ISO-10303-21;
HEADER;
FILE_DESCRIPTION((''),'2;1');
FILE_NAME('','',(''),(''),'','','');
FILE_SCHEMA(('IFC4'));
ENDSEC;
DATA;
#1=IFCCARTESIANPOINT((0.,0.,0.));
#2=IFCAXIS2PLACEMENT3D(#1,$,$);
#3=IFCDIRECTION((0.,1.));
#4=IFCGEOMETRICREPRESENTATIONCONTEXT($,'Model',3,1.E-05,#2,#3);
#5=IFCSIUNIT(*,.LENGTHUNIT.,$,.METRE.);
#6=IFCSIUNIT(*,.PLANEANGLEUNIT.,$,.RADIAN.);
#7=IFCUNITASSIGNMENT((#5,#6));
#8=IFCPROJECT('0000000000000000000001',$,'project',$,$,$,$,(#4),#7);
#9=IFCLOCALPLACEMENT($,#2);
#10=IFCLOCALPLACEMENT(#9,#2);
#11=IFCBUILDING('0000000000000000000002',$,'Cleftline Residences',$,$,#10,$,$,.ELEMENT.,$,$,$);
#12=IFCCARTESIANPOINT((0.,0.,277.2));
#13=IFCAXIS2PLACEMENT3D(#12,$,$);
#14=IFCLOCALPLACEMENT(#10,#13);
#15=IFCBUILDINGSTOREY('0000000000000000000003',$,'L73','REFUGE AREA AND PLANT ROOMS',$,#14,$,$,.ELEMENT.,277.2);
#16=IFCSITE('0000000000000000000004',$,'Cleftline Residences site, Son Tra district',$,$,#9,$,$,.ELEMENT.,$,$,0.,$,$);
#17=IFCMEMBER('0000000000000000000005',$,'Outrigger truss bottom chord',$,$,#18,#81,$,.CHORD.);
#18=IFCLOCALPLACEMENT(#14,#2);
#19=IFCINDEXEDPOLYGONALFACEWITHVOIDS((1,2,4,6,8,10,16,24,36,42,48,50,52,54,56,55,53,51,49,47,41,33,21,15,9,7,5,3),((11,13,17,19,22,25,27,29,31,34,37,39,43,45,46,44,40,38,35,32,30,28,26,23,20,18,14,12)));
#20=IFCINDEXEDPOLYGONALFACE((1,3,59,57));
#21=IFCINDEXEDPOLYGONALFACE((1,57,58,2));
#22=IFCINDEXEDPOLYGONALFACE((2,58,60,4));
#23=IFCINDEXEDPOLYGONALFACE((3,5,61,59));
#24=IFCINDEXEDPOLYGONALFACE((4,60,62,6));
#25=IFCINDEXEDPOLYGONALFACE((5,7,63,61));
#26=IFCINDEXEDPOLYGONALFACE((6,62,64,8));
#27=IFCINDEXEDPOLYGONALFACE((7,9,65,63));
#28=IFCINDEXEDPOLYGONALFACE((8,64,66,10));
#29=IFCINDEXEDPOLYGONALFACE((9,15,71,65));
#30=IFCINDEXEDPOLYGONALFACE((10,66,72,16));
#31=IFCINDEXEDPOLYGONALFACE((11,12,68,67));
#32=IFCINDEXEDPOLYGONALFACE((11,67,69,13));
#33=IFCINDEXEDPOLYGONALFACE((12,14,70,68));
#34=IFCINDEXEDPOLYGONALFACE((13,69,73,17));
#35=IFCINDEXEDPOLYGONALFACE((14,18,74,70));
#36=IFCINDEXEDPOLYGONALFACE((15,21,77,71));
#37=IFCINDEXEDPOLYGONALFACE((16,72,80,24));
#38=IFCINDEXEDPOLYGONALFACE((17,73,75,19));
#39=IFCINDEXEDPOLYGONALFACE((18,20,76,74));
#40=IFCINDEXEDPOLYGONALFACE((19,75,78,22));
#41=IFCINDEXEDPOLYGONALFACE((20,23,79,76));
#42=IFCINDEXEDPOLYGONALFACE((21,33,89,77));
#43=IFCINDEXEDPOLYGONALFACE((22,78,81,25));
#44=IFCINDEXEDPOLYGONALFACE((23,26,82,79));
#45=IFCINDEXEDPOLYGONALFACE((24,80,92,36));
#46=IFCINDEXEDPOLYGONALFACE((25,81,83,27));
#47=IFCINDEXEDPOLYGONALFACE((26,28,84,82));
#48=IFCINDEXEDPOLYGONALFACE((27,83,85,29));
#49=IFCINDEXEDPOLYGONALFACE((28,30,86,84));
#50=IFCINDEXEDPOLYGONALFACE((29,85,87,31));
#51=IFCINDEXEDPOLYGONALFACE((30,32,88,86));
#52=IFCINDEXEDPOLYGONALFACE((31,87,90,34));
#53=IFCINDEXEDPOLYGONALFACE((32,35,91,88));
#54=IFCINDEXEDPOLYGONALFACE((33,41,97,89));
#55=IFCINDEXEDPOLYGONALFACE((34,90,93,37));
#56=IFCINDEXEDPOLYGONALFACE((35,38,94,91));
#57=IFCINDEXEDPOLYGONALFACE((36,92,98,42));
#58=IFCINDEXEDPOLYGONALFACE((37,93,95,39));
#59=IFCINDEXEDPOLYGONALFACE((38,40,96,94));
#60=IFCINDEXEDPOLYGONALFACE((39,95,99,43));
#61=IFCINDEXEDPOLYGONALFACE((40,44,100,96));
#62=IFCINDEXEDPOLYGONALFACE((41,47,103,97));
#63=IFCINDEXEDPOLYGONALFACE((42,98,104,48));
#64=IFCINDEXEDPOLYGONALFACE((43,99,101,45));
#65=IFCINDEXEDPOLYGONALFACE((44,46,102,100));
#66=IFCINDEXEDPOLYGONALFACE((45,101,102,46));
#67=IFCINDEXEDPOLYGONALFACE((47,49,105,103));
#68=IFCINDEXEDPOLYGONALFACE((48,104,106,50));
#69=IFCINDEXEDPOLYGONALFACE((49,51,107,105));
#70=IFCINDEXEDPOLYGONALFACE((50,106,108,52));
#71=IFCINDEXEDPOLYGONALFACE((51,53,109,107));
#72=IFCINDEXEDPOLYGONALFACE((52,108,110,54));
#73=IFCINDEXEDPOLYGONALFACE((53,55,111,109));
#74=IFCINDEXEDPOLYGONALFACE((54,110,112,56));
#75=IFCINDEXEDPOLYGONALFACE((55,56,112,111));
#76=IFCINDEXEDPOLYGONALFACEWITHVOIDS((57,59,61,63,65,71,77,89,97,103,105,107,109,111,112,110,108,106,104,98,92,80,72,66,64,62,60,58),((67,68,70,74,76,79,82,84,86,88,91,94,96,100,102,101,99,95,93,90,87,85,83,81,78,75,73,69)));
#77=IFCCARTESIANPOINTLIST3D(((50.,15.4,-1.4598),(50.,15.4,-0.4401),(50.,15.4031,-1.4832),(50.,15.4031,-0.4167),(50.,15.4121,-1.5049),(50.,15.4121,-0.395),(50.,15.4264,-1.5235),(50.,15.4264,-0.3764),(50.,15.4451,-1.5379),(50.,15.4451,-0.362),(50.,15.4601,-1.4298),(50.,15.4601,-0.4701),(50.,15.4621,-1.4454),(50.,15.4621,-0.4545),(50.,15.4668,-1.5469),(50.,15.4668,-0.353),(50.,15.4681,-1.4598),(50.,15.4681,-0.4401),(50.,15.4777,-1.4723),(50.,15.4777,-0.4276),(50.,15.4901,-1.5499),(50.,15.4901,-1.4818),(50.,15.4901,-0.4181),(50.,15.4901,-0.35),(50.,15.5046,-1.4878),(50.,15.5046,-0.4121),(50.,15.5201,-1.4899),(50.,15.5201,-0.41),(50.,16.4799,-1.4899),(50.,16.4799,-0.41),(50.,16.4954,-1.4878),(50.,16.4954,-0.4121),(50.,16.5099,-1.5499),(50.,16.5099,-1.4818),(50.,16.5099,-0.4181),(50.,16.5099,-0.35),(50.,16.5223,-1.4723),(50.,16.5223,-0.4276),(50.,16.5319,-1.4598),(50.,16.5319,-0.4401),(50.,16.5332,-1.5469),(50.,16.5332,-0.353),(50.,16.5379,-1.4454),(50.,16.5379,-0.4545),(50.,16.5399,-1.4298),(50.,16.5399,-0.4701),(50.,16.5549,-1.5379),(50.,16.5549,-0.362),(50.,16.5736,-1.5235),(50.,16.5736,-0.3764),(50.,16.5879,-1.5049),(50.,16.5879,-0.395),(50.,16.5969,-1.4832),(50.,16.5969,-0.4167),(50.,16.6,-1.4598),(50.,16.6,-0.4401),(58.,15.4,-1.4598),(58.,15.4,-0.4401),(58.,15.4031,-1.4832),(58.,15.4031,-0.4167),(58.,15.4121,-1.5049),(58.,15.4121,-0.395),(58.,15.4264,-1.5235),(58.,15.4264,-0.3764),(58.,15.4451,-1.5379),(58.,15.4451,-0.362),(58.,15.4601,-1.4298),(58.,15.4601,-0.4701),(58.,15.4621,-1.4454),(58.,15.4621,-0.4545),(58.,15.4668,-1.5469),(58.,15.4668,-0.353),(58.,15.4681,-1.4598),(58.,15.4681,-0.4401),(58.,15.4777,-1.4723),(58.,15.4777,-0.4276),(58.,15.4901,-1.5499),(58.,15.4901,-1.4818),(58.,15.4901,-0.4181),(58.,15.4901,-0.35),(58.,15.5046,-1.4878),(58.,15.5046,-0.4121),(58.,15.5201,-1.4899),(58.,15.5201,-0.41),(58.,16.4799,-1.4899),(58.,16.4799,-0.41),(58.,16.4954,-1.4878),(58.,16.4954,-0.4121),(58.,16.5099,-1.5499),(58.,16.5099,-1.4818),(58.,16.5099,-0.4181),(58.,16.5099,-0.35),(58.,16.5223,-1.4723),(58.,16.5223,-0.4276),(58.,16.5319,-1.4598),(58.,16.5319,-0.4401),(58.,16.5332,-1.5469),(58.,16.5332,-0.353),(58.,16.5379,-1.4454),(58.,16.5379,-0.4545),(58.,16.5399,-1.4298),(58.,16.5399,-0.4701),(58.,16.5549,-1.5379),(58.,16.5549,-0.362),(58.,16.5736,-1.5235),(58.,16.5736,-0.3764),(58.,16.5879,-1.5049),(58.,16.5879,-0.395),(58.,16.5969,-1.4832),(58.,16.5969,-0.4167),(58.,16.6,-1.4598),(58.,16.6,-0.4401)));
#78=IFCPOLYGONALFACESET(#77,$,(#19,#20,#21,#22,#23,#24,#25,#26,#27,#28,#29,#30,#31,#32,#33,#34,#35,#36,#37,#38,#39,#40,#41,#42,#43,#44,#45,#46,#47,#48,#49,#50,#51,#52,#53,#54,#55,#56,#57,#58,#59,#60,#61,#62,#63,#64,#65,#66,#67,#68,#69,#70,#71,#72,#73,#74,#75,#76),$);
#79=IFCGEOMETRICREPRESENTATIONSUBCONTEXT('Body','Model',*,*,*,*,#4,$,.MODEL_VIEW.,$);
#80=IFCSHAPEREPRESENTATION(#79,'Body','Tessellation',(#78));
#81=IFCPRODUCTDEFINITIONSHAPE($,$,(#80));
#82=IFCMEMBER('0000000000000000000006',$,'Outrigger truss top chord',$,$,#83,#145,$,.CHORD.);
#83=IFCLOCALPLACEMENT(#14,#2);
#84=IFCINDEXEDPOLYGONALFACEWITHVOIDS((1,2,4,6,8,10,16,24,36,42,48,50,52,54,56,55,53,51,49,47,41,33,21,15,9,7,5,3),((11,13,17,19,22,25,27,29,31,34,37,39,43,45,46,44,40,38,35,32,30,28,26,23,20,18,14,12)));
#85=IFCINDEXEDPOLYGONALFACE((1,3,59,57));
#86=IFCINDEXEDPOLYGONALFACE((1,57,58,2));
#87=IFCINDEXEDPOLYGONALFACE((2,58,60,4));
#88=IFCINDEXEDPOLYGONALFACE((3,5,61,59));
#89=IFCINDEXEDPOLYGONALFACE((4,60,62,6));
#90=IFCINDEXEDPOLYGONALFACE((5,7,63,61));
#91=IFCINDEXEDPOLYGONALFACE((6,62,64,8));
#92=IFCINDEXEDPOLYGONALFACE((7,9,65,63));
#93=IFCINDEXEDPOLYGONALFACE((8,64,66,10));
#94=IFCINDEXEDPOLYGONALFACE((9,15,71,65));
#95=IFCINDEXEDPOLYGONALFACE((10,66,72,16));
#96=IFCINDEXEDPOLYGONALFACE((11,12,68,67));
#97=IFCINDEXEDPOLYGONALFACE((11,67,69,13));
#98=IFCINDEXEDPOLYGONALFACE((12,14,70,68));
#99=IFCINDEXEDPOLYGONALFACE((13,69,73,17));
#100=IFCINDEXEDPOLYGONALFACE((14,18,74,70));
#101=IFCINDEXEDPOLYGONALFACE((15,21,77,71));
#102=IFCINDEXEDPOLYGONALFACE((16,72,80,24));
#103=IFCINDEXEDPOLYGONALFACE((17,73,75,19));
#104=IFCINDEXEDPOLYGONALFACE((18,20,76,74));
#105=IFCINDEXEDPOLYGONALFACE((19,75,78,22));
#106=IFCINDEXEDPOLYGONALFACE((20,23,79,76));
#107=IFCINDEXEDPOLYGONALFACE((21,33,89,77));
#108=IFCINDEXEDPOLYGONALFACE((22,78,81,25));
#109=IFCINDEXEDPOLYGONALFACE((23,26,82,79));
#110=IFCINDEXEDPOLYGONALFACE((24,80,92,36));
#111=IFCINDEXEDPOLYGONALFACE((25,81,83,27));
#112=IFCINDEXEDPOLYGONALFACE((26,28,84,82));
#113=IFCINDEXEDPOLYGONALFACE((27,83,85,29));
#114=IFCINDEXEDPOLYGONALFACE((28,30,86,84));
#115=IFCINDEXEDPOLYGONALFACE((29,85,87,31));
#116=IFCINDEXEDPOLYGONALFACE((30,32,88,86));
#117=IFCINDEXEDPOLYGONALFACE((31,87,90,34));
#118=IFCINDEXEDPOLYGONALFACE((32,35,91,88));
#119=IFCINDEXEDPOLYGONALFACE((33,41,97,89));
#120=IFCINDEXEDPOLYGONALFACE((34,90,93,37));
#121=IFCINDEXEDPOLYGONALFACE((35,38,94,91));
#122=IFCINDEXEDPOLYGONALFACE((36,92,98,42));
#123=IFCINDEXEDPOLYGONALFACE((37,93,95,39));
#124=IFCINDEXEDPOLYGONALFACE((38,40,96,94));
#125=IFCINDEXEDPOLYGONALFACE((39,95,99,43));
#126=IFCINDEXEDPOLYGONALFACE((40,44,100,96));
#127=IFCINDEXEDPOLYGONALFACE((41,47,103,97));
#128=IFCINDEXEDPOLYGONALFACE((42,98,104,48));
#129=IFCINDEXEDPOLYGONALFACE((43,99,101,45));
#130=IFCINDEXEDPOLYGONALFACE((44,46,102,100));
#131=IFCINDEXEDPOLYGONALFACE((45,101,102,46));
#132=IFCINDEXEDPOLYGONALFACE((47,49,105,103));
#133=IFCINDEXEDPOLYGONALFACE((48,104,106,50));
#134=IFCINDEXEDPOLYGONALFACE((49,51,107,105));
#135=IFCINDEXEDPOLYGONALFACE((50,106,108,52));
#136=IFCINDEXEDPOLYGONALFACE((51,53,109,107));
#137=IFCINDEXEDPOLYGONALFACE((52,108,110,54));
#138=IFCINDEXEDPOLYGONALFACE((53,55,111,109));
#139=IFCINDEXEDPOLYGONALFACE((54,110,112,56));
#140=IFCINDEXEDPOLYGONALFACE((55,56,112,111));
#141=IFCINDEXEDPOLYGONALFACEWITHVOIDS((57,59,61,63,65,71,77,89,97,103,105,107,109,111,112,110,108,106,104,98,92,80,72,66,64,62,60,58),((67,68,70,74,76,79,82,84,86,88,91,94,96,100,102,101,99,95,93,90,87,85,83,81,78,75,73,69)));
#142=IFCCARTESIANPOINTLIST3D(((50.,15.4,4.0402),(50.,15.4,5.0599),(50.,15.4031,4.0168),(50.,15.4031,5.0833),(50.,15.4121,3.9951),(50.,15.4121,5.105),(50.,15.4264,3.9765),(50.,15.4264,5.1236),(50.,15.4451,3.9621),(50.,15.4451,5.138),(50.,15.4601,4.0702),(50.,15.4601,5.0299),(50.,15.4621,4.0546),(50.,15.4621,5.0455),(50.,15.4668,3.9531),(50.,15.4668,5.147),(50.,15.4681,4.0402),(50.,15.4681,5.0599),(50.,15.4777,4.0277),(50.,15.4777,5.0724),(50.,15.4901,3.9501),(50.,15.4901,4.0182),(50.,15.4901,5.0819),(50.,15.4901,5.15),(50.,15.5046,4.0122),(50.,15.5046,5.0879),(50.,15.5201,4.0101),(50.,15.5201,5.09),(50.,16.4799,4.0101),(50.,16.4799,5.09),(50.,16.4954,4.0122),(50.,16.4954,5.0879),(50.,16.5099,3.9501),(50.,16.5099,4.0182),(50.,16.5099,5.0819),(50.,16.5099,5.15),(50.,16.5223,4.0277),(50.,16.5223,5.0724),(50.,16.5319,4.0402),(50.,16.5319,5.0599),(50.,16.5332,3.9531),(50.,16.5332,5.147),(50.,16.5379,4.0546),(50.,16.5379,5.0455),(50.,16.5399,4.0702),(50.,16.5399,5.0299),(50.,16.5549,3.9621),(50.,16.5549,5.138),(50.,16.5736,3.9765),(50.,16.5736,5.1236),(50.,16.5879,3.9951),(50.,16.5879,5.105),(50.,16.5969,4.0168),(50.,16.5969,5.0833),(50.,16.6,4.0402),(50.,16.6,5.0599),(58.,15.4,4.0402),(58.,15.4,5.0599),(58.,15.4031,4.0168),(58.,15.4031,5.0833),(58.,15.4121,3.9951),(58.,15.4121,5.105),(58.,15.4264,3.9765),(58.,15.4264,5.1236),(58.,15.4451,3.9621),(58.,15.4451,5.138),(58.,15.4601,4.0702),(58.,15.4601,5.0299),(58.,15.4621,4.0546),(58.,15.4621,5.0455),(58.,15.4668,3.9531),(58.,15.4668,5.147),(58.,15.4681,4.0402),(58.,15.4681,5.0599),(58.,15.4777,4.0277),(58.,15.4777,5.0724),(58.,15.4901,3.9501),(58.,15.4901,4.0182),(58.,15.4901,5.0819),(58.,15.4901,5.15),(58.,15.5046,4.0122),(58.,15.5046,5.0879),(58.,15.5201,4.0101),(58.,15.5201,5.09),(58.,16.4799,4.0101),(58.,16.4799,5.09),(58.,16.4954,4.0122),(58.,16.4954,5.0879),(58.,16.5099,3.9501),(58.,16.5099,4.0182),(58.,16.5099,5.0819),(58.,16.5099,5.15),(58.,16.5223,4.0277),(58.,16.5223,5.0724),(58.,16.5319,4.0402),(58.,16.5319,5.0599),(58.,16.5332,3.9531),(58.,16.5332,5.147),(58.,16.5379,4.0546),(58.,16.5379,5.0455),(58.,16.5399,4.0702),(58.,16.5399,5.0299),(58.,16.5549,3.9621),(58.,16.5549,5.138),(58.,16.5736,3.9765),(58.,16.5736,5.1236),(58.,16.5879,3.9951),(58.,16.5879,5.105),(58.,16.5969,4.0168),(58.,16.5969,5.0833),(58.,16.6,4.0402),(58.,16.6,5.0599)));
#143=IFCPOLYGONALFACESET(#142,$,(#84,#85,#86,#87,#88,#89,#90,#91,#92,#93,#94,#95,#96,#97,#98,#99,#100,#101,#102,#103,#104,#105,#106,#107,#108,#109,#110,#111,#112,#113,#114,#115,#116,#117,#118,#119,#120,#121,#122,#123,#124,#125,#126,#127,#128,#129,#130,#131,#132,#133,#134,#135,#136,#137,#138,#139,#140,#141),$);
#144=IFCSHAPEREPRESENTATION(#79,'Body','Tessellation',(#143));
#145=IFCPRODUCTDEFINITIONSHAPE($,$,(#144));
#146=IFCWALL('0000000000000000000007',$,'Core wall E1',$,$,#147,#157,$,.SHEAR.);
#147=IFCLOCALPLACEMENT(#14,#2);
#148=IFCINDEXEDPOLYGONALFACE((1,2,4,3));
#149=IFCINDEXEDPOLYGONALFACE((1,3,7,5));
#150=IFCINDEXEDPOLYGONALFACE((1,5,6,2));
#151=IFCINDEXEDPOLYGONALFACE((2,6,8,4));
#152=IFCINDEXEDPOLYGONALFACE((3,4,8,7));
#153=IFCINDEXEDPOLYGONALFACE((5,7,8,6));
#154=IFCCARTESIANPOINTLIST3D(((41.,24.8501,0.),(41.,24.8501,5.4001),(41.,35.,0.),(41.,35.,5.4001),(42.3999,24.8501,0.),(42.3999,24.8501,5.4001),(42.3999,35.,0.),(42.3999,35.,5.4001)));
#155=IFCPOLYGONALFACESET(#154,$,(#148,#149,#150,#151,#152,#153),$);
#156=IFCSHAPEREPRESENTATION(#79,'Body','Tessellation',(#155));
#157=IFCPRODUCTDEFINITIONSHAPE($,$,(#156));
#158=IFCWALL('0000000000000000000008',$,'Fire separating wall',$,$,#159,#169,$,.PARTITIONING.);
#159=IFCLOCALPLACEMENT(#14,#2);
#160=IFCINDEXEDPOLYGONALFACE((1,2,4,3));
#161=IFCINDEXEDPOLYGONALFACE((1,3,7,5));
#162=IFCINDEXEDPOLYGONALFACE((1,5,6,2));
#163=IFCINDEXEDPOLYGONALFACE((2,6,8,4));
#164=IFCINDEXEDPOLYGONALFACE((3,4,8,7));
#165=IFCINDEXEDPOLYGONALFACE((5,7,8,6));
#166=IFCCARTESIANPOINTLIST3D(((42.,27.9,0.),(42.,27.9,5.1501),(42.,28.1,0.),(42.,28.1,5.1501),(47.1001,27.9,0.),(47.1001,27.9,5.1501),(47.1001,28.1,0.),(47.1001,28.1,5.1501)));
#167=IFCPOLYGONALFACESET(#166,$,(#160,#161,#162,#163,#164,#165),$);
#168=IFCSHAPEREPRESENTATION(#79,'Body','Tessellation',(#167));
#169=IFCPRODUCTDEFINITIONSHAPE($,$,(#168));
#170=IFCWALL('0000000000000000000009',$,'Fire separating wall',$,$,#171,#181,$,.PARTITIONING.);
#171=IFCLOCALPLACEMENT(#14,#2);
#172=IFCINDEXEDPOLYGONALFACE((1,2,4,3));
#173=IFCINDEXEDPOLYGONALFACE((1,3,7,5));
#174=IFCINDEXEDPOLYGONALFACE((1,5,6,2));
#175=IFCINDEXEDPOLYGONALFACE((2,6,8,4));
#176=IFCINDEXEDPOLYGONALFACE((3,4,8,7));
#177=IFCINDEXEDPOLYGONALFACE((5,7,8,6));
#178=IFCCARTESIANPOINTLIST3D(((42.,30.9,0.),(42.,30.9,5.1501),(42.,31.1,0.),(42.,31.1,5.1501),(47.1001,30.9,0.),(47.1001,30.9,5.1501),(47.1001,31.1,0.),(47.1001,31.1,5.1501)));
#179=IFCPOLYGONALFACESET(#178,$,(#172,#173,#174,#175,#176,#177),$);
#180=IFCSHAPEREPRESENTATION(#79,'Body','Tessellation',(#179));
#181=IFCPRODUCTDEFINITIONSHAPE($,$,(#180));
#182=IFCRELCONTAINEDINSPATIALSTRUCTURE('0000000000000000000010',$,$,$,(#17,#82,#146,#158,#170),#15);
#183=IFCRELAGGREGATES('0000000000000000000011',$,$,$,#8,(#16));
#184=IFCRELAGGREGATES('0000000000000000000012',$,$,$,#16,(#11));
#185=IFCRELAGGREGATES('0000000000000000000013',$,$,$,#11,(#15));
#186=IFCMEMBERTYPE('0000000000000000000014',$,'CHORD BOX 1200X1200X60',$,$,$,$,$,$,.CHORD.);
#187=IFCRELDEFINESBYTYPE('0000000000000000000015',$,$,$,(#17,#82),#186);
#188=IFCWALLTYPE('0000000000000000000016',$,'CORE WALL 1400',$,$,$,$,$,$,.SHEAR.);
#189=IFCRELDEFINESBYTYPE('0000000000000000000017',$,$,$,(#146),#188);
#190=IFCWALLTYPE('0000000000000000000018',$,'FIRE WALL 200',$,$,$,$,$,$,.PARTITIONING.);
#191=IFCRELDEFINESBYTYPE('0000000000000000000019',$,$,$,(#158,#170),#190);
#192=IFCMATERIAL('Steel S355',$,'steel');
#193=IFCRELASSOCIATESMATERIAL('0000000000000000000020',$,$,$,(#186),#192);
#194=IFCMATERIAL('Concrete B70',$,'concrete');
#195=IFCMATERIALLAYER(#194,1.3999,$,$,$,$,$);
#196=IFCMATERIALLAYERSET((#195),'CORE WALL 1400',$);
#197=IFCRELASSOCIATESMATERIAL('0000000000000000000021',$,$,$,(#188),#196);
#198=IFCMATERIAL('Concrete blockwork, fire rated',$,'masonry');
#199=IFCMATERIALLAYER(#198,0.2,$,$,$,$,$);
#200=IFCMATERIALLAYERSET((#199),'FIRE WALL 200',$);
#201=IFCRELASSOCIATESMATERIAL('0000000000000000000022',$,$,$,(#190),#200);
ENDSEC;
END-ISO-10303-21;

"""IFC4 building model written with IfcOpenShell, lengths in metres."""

from ifc_helpers import new_model, si_unit, direction, frame, frame_2d, origin, origin_2d, place, context, subcontext, project, spatial, rectangle, hollow_rectangle, extrude, material, layer, layer_set, material_profile, profile_set, type_object, element, save


model = new_model("IFC4")

# Units and contexts
model_context = context("Model", 3, precision=1e-05, world=origin(), true_north=direction((0.0, 1.0)))
body_context = subcontext(model_context, "Body", "Model", "MODEL_VIEW")
ifc_project = project(units=[si_unit("LENGTHUNIT", "METRE"), si_unit("PLANEANGLEUNIT", "RADIAN")], contexts=[model_context])

# Site, building, storey
site_placement = place(None, origin())
site = spatial("IfcSite", under=ifc_project, at=site_placement, Name="Cleftline Residences site, Son Tra district", CompositionType="ELEMENT", RefElevation=0.0)
building_placement = place(site_placement, origin())
building = spatial("IfcBuilding", under=site, at=building_placement, Name="Cleftline Residences", CompositionType="ELEMENT")
storey_placement = place(building_placement, frame((0.0, 0.0, 277.2)))
storey = spatial("IfcBuildingStorey", under=building, at=storey_placement, Name="L73", Description="REFUGE AREA AND PLANT ROOMS", CompositionType="ELEMENT", Elevation=277.2)

# Members
ifc_material_1 = material(Name="Steel S355", Category="steel")
ifc_material_profile_1 = material_profile(ifc_material_1, hollow_rectangle(XDim=1.2, YDim=1.2, WallThickness=0.0601, InnerFilletRadius=0.0601, OuterFilletRadius=0.0901, at=origin_2d()))
ifc_profile_set_1 = profile_set([ifc_material_profile_1], Name="Steel S355")
member_type_1 = type_object("IfcMemberType", Name="CHORD BOX 1200X1200X60", PredefinedType="CHORD", material=ifc_profile_set_1)
for number, where, z_axis, x_axis, name in (
    (1, (50.0, 16.0, -0.95), (1.0, 0.0, 0.0), (0.0, 1.0, 0.0), "Outrigger truss bottom chord"),
    (2, (50.0, 16.0, 4.55), (1.0, 0.0, 0.0), (0.0, 1.0, 0.0), "Outrigger truss top chord"),
):
    element("IfcMember", number, at=place(storey_placement, frame(where, z_axis=z_axis, x_axis=x_axis)), inside=storey, type_object=member_type_1, Name=name, PredefinedType="CHORD", context=body_context, shape_type="SweptSolid", body=[
        extrude(hollow_rectangle(XDim=1.2, YDim=1.2, WallThickness=0.0601, InnerFilletRadius=0.0601, OuterFilletRadius=0.0901, at=origin_2d()), origin(), (0.0, 0.0, 1.0), 8.0),
    ])

# Walls
ifc_material_2 = material(Name="Concrete B70", Category="concrete")
ifc_layer_1 = layer(ifc_material_2, 1.3999)
ifc_layer_set_1 = layer_set([ifc_layer_1], Name="CORE WALL 1400")
wall_type_1 = type_object("IfcWallType", Name="CORE WALL 1400", PredefinedType="SHEAR", material=ifc_layer_set_1)
wall_1_placement = place(storey_placement, frame((41.7, 24.8501, 0.0), z_axis=(0.0, 0.0, 1.0), x_axis=(0.0, 1.0, 0.0)))
element("IfcWall", 3, at=wall_1_placement, inside=storey, type_object=wall_type_1, Name="Core wall E1", PredefinedType="SHEAR", context=body_context, shape_type="SweptSolid", body=[
    extrude(rectangle(XDim=10.1499, YDim=1.3999, at=frame_2d((5.075, 0.0))), origin(), (0.0, 0.0, 1.0), 5.4001),
])
ifc_material_3 = material(Name="Concrete blockwork, fire rated", Category="masonry")
ifc_layer_2 = layer(ifc_material_3, 0.2)
ifc_layer_set_2 = layer_set([ifc_layer_2], Name="FIRE WALL 200")
wall_type_2 = type_object("IfcWallType", Name="FIRE WALL 200", PredefinedType="PARTITIONING", material=ifc_layer_set_2)
for number, where, z_axis, x_axis, name in (
    (4, (42.0, 28.0, 0.0), (0.0, 0.0, 1.0), (1.0, 0.0, 0.0), "Fire separating wall"),
    (5, (42.0, 31.0, 0.0), (0.0, 0.0, 1.0), (1.0, 0.0, 0.0), "Fire separating wall"),
):
    element("IfcWall", number, at=place(storey_placement, frame(where, z_axis=z_axis, x_axis=x_axis)), inside=storey, type_object=wall_type_2, Name=name, PredefinedType="PARTITIONING", context=body_context, shape_type="SweptSolid", body=[
        extrude(rectangle(XDim=5.1001, YDim=0.2, at=frame_2d((2.55, 0.0))), origin(), (0.0, 0.0, 1.0), 5.1501),
    ])

save(model, "model.ifc")
